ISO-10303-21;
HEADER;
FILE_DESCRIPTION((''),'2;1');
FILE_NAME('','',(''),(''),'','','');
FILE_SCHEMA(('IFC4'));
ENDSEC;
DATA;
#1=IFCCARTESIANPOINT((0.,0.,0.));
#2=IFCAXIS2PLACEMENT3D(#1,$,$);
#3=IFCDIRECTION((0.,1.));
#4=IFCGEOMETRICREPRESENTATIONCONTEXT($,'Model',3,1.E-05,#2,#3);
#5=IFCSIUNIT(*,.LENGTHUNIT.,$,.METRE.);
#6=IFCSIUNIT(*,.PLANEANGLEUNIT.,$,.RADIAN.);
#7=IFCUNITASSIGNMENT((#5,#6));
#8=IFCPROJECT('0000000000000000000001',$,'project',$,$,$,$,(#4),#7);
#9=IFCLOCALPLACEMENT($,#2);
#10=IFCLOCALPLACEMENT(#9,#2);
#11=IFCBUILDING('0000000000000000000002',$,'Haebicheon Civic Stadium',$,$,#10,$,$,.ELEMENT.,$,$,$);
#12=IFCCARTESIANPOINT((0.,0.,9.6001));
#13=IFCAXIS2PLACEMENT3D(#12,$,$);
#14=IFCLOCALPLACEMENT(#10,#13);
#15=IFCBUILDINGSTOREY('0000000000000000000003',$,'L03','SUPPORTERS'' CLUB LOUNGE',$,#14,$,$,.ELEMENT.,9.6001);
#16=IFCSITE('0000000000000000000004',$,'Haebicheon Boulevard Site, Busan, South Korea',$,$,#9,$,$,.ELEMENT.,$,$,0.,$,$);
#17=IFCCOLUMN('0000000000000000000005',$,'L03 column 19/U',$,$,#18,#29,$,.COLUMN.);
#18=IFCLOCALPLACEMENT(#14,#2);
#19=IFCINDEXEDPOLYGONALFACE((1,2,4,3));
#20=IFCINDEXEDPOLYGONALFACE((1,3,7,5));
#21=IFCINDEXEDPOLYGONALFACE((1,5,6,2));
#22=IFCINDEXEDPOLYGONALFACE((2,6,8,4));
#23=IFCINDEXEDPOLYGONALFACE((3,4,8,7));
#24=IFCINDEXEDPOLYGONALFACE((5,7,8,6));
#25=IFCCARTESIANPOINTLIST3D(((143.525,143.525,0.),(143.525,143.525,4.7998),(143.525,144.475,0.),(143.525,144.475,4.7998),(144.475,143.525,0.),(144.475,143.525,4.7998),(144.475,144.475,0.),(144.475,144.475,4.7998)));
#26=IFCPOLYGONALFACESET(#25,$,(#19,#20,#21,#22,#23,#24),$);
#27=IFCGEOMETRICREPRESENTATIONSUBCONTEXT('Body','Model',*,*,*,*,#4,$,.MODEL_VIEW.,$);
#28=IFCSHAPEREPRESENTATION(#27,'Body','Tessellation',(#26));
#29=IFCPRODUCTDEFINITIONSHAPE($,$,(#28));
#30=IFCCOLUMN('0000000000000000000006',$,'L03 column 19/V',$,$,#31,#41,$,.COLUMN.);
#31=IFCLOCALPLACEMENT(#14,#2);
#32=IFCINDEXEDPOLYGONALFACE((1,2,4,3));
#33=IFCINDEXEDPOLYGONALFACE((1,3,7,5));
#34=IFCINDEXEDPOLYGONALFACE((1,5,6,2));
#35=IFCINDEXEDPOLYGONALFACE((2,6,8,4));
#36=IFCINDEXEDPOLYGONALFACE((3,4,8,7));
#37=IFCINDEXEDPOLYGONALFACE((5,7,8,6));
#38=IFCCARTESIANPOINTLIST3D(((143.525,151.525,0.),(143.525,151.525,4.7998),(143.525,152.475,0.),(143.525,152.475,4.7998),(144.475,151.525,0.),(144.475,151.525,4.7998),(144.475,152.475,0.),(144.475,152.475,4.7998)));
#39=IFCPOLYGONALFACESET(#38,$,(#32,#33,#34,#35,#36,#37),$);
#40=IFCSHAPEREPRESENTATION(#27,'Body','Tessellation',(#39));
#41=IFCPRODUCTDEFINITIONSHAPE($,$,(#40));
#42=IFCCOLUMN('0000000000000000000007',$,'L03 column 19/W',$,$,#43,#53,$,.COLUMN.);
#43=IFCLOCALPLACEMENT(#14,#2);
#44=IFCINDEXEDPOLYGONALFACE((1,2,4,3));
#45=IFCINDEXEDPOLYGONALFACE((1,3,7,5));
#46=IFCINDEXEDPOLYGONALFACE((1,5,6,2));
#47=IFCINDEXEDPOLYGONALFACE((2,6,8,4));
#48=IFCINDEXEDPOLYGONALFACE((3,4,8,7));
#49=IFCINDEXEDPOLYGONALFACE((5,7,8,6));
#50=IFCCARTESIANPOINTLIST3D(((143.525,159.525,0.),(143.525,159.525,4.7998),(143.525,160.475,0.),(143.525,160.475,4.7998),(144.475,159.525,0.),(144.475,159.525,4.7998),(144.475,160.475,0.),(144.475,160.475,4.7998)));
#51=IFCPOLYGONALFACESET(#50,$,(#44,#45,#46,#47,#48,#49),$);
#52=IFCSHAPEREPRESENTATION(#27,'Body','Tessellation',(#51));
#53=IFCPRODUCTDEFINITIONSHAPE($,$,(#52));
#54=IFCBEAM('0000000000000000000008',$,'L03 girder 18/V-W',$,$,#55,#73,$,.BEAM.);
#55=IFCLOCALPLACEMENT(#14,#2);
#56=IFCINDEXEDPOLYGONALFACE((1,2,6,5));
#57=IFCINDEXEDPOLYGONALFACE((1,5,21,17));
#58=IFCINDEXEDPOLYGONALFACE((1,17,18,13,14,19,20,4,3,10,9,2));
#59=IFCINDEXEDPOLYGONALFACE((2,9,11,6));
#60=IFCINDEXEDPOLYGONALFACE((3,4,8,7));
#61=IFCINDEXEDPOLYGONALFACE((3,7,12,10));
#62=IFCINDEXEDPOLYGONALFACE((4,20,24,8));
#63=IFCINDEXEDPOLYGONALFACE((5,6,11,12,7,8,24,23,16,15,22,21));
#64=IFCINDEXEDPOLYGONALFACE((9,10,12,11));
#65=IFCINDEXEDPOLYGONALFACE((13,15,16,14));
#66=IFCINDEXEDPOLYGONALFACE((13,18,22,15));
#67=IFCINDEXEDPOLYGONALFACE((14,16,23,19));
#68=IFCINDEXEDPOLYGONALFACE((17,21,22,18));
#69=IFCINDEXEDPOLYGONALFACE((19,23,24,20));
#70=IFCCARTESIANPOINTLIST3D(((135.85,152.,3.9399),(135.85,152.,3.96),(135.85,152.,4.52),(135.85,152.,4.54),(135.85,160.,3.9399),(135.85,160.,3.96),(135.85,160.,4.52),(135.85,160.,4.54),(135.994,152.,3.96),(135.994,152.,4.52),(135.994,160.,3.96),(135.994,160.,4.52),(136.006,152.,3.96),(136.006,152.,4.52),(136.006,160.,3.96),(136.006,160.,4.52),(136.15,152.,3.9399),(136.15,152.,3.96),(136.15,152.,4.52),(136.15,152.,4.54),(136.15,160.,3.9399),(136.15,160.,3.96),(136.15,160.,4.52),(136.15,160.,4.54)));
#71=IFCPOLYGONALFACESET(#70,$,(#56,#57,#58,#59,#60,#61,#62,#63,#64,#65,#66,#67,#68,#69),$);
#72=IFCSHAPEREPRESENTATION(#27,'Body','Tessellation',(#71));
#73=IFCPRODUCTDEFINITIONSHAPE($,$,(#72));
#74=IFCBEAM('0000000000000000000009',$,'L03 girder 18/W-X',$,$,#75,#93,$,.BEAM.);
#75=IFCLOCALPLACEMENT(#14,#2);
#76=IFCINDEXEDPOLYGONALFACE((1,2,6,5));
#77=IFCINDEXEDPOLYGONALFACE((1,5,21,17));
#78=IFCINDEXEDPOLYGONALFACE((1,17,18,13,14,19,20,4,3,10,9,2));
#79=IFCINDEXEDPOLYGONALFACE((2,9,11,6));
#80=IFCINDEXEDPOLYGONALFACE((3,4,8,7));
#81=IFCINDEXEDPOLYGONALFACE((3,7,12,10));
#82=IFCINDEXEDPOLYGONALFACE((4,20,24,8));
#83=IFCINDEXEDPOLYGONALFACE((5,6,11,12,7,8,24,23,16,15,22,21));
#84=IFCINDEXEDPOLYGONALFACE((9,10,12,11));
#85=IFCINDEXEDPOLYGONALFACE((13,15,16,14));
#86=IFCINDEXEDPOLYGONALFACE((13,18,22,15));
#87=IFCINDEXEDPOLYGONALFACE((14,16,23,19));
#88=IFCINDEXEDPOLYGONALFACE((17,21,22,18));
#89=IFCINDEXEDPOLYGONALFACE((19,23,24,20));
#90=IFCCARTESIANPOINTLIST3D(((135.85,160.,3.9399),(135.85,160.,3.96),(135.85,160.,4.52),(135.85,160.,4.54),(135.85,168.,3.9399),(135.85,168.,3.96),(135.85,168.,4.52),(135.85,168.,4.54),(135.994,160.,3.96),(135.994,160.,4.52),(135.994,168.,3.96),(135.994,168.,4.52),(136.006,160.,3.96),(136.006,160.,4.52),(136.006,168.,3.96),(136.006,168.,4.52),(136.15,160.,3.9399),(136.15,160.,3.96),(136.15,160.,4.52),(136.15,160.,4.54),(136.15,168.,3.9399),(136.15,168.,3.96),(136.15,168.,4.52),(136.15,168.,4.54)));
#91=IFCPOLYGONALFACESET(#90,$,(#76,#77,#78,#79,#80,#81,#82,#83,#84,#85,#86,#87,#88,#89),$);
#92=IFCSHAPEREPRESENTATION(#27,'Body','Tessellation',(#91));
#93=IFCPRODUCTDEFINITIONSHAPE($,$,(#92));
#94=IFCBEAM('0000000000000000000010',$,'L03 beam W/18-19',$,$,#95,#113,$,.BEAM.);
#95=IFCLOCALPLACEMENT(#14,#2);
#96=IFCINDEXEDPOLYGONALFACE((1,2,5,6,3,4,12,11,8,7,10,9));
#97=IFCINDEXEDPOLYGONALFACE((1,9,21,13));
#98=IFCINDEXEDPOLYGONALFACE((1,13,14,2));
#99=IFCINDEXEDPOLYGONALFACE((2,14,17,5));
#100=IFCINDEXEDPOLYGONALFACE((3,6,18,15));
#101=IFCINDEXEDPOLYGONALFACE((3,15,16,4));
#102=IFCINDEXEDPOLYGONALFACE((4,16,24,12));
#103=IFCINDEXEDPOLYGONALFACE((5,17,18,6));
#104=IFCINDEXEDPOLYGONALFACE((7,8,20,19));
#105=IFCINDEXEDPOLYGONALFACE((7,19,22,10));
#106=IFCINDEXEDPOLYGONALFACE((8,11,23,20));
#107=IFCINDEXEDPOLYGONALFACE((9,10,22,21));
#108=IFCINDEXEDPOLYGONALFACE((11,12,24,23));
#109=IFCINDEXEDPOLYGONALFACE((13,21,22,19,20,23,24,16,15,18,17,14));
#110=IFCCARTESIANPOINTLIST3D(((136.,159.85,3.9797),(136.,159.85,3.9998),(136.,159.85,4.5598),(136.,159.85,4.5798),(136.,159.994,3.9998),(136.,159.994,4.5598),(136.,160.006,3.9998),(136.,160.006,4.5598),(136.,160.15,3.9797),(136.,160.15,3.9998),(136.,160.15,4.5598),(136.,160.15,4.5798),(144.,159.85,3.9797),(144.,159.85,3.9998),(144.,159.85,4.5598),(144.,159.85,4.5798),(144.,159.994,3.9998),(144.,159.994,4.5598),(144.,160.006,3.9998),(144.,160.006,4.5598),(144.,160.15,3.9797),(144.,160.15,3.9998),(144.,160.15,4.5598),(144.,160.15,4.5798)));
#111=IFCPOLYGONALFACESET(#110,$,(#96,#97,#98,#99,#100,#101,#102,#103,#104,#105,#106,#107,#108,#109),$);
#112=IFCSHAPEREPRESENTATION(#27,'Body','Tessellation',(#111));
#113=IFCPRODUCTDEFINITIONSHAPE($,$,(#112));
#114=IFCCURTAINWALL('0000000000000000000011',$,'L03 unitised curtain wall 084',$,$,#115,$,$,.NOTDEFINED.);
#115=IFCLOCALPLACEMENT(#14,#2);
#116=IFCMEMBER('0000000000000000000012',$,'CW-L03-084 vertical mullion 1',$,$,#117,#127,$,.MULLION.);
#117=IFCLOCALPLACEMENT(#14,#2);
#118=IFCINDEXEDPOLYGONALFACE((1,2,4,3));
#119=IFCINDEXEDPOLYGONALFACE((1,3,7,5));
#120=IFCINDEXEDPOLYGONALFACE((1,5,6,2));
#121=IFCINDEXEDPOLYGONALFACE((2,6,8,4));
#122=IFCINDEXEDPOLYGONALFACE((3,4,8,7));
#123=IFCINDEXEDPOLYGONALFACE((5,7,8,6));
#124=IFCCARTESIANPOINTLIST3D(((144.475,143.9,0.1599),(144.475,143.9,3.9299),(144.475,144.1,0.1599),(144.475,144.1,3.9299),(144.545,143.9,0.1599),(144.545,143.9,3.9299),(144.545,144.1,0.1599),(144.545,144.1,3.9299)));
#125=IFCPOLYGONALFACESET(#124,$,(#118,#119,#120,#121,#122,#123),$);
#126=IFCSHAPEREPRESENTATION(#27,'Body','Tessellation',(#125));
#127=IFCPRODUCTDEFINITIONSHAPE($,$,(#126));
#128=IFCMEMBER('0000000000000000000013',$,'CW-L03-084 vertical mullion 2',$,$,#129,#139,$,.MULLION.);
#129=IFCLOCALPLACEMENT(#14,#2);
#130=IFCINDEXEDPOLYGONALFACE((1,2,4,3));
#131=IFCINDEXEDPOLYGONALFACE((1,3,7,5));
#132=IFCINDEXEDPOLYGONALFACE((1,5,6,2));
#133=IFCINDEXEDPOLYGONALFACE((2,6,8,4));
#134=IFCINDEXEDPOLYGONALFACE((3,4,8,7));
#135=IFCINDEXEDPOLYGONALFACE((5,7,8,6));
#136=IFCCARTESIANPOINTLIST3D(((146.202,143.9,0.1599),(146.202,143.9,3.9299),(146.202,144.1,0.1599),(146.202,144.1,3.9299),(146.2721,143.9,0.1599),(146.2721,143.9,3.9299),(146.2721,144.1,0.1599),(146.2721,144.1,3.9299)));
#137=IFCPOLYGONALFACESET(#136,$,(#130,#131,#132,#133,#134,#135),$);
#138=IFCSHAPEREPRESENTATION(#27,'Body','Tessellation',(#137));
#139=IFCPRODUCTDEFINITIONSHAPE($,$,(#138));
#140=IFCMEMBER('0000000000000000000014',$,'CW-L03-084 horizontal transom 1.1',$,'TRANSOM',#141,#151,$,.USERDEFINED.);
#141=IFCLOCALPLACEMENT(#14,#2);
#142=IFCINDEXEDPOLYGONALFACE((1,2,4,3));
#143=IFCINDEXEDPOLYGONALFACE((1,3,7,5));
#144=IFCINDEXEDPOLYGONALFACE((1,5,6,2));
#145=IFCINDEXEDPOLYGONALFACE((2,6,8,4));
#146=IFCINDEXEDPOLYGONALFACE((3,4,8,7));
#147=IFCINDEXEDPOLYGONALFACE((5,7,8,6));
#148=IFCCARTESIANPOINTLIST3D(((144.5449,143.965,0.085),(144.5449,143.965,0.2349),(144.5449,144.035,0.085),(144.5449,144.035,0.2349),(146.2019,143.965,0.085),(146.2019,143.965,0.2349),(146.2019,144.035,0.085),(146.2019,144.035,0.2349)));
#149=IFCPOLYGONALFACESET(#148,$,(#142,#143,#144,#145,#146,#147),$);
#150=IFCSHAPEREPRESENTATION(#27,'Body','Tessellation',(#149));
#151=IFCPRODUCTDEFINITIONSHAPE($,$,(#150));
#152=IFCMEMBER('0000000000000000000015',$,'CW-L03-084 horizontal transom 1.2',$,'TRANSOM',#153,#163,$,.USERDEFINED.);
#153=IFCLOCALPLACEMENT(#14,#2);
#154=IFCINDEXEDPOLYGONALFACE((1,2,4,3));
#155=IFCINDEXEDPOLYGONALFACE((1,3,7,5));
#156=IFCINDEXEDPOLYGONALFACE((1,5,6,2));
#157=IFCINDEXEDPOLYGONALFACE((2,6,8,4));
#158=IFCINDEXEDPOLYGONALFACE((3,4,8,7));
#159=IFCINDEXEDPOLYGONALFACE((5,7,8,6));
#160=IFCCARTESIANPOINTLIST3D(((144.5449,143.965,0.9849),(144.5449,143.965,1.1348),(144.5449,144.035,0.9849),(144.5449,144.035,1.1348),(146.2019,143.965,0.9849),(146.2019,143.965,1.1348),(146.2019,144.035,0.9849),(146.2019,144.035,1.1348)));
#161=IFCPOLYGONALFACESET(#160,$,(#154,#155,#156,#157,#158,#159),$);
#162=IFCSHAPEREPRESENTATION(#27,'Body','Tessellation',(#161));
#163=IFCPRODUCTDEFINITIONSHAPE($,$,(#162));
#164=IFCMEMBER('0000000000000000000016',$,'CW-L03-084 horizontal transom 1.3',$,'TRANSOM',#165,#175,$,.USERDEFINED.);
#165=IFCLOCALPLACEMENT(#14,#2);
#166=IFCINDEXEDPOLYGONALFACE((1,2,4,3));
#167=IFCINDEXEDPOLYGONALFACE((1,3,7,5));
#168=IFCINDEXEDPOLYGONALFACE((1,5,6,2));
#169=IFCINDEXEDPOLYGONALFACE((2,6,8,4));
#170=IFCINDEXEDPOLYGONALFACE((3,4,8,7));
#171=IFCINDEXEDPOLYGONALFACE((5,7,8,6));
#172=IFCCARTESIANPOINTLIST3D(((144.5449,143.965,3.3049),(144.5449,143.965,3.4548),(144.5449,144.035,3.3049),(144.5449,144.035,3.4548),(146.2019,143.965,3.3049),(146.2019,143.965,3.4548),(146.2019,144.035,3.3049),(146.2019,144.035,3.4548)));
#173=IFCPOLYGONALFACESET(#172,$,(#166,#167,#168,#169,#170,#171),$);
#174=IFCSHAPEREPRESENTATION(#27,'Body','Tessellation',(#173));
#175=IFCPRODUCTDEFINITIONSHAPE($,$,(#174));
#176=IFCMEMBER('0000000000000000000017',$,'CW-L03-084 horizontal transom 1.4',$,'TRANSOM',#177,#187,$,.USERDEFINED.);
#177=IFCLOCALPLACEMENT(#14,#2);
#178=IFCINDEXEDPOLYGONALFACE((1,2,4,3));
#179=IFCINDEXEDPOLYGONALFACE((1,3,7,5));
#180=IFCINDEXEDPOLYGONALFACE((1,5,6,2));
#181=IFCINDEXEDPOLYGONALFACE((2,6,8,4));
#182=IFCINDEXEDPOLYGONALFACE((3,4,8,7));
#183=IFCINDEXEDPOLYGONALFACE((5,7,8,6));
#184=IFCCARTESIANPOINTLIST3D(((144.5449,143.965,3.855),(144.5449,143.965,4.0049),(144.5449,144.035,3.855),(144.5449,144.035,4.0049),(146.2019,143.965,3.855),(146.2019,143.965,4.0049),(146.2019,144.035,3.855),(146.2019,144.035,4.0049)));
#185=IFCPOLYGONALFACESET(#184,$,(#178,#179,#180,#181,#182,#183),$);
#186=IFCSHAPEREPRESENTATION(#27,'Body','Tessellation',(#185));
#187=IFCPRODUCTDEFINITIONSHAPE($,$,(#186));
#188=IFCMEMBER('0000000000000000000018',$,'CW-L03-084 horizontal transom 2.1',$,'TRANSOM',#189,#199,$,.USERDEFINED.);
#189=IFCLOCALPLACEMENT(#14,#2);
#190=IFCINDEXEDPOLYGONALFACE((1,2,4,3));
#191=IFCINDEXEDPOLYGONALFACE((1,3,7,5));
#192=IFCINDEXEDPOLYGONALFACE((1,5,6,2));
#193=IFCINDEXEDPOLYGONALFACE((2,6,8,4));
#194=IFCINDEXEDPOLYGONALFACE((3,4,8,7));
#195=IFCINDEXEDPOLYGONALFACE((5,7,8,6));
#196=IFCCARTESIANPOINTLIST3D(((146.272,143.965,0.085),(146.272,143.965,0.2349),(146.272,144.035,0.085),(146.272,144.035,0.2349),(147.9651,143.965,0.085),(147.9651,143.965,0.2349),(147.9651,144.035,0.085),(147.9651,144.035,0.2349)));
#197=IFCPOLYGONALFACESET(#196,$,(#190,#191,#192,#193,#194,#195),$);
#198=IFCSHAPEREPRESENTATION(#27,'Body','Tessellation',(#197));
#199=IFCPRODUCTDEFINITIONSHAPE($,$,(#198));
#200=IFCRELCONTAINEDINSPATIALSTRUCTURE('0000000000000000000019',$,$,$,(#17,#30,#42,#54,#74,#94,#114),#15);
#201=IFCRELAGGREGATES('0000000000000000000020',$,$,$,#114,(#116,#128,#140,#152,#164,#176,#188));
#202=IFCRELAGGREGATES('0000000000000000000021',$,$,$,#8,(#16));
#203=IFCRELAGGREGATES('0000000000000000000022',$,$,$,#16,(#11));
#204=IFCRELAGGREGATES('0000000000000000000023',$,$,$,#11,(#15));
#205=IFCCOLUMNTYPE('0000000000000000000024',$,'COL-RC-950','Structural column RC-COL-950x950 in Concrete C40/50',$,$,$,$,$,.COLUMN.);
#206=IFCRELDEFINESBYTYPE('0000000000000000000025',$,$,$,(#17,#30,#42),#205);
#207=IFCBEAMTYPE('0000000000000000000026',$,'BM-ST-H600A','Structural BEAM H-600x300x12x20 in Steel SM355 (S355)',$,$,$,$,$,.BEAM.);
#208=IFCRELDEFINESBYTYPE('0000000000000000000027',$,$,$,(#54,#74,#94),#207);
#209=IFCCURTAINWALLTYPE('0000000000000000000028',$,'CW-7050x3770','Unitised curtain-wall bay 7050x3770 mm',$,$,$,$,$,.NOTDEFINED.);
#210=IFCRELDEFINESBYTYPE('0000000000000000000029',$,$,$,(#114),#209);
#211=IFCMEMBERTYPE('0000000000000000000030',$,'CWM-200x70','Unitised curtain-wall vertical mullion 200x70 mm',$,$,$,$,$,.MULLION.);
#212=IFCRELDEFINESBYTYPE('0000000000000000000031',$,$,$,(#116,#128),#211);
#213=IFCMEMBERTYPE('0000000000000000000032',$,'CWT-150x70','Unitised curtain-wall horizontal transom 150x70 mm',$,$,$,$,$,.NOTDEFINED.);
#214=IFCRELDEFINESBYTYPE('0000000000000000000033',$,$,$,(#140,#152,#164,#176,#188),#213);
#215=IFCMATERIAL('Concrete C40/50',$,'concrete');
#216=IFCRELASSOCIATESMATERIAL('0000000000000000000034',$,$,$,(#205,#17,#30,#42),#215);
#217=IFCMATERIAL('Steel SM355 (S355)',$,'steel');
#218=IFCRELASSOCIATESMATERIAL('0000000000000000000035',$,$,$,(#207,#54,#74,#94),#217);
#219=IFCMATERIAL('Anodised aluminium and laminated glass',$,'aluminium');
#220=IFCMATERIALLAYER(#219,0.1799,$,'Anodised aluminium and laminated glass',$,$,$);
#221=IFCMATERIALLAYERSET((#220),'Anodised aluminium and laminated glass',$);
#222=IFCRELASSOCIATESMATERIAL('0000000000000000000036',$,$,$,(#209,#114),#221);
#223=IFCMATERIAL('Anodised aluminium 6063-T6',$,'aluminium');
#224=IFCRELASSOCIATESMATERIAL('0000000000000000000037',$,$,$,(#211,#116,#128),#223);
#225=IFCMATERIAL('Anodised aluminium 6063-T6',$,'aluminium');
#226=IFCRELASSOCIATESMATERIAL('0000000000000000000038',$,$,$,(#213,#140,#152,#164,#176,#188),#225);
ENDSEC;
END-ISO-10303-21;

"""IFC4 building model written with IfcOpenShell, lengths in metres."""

from ifc_helpers import new_model, si_unit, direction, frame, origin, origin_2d, place, context, subcontext, project, spatial, rectangle, i_section, extrude, material, layer, layer_set, material_profile, profile_set, type_object, element, aggregate, save


model = new_model("IFC4")

# Units and contexts
model_context = context("Model", 3, precision=1e-05, world=origin(), true_north=direction((0.0, 1.0)))
body_context = subcontext(model_context, "Body", "Model", "MODEL_VIEW")
ifc_project = project(units=[si_unit("LENGTHUNIT", "METRE"), si_unit("PLANEANGLEUNIT", "RADIAN")], contexts=[model_context])

# Site, building, storey
site_placement = place(None, origin())
site = spatial("IfcSite", under=ifc_project, at=site_placement, Name="Haebicheon Boulevard Site, Busan, South Korea", CompositionType="ELEMENT", RefElevation=0.0)
building_placement = place(site_placement, origin())
building = spatial("IfcBuilding", under=site, at=building_placement, Name="Haebicheon Civic Stadium", CompositionType="ELEMENT")
storey_placement = place(building_placement, frame((0.0, 0.0, 9.6001)))
storey = spatial("IfcBuildingStorey", under=building, at=storey_placement, Name="L03", Description="SUPPORTERS' CLUB LOUNGE", CompositionType="ELEMENT", Elevation=9.6001)

# Columns
ifc_material_1 = material(Name="Concrete C40/50", Category="concrete")
ifc_material_profile_1 = material_profile(ifc_material_1, rectangle(XDim=0.95, YDim=0.95, at=origin_2d()), Name="RC-COL-950x950")
ifc_profile_set_1 = profile_set([ifc_material_profile_1], Name="Concrete C40/50")
column_type = type_object("IfcColumnType", Name="COL-RC-950", Description="Structural column RC-COL-950x950 in Concrete C40/50", PredefinedType="COLUMN", material=ifc_profile_set_1)
for number, where, z_axis, x_axis, name in (
    (1, (144.0, 144.0, 0.0), (0.0, 0.0, 1.0), (1.0, 0.0, 0.0), "L03 column 19/U"),
    (2, (144.0, 152.0, 0.0), (0.0, 0.0, 1.0), (1.0, 0.0, 0.0), "L03 column 19/V"),
    (3, (144.0, 160.0, 0.0), (0.0, 0.0, 1.0), (1.0, 0.0, 0.0), "L03 column 19/W"),
):
    element("IfcColumn", number, at=place(storey_placement, frame(where, z_axis=z_axis, x_axis=x_axis)), inside=storey, type_object=column_type, material=ifc_profile_set_1, Name=name, PredefinedType="COLUMN", context=body_context, shape_type="SweptSolid", body=[
        extrude(rectangle(XDim=0.95, YDim=0.95, at=origin_2d()), origin(), (0.0, 0.0, 1.0), 4.7998),
    ])

# Beams
ifc_material_2 = material(Name="Steel SM355 (S355)", Category="steel")
ifc_material_profile_2 = material_profile(ifc_material_2, i_section(OverallWidth=0.3, OverallDepth=0.6001, WebThickness=0.012, FlangeThickness=0.02, at=origin_2d()), Name="H-600x300x12x20")
ifc_profile_set_2 = profile_set([ifc_material_profile_2], Name="Steel SM355 (S355)")
beam_type_1 = type_object("IfcBeamType", Name="BM-ST-H600A", Description="Structural BEAM H-600x300x12x20 in Steel SM355 (S355)", PredefinedType="BEAM", material=ifc_profile_set_2)
for number, where, z_axis, x_axis, name in (
    (4, (136.0, 152.0, 4.24), (0.0, 1.0, 0.0), (-1.0, 0.0, 0.0), "L03 girder 18/V-W"),
    (5, (136.0, 160.0, 4.24), (0.0, 1.0, 0.0), (-1.0, 0.0, 0.0), "L03 girder 18/W-X"),
    (6, (136.0, 160.0, 4.2798), (1.0, 0.0, 0.0), (0.0, 1.0, 0.0), "L03 beam W/18-19"),
):
    element("IfcBeam", number, at=place(storey_placement, frame(where, z_axis=z_axis, x_axis=x_axis)), inside=storey, type_object=beam_type_1, material=ifc_profile_set_2, Name=name, PredefinedType="BEAM", context=body_context, shape_type="SweptSolid", body=[
        extrude(i_section(OverallWidth=0.3, OverallDepth=0.6001, WebThickness=0.012, FlangeThickness=0.02, at=origin_2d()), origin(), (0.0, 0.0, 1.0), 8.0),
    ])

# Curtain wall, members
ifc_material_3 = material(Name="Anodised aluminium and laminated glass", Category="aluminium")
ifc_layer_1 = layer(ifc_material_3, 0.1799, Name="Anodised aluminium and laminated glass")
ifc_layer_set_1 = layer_set([ifc_layer_1], Name="Anodised aluminium and laminated glass")
curtain_wall_type = type_object("IfcCurtainWallType", Name="CW-7050x3770", Description="Unitised curtain-wall bay 7050x3770 mm", PredefinedType="NOTDEFINED", material=ifc_layer_set_1)
curtain_wall_placement = place(storey_placement, origin())
curtain_wall = element("IfcCurtainWall", 7, at=curtain_wall_placement, inside=storey, type_object=curtain_wall_type, material=ifc_layer_set_1, Name="L03 unitised curtain wall 084", PredefinedType="NOTDEFINED")
ifc_material_4 = material(Name="Anodised aluminium 6063-T6", Category="aluminium")
ifc_material_profile_3 = material_profile(ifc_material_4, rectangle(XDim=0.0701, YDim=0.2, at=origin_2d()), Name="ALU-MULL-70x200")
ifc_profile_set_3 = profile_set([ifc_material_profile_3], Name="Anodised aluminium 6063-T6")
member_type_1 = type_object("IfcMemberType", Name="CWM-200x70", Description="Unitised curtain-wall vertical mullion 200x70 mm", PredefinedType="MULLION", material=ifc_profile_set_3)
member_1_placement = place(storey_placement, frame((144.51, 144.0, 0.1599), z_axis=(0.0, 0.0, 1.0), x_axis=(1.0, 0.0, 0.0)))
member_1 = element("IfcMember", 8, at=member_1_placement, type_object=member_type_1, material=ifc_profile_set_3, Name="CW-L03-084 vertical mullion 1", PredefinedType="MULLION", context=body_context, shape_type="SweptSolid", body=[
    extrude(rectangle(XDim=0.0701, YDim=0.2, at=origin_2d()), origin(), (0.0, 0.0, 1.0), 3.77),
])
member_2_placement = place(storey_placement, frame((146.2371, 144.0, 0.1599), z_axis=(0.0, 0.0, 1.0), x_axis=(1.0, 0.0, 0.0)))
member_2 = element("IfcMember", 9, at=member_2_placement, type_object=member_type_1, material=ifc_profile_set_3, Name="CW-L03-084 vertical mullion 2", PredefinedType="MULLION", context=body_context, shape_type="SweptSolid", body=[
    extrude(rectangle(XDim=0.0701, YDim=0.2, at=origin_2d()), origin(), (0.0, 0.0, 1.0), 3.77),
])
ifc_material_5 = material(Name="Anodised aluminium 6063-T6", Category="aluminium")
ifc_material_profile_4 = material_profile(ifc_material_5, rectangle(XDim=0.0701, YDim=0.1499, at=origin_2d()), Name="ALU-TRAN-70x150")
ifc_profile_set_4 = profile_set([ifc_material_profile_4], Name="Anodised aluminium 6063-T6")
member_type_2 = type_object("IfcMemberType", Name="CWT-150x70", Description="Unitised curtain-wall horizontal transom 150x70 mm", PredefinedType="NOTDEFINED", material=ifc_profile_set_4)
member_3_placement = place(storey_placement, frame((144.5449, 144.0, 0.1599), z_axis=(1.0, 0.0, 0.0), x_axis=(0.0, 1.0, 0.0)))
member_3 = element("IfcMember", 10, at=member_3_placement, type_object=member_type_2, material=ifc_profile_set_4, Name="CW-L03-084 horizontal transom 1.1", ObjectType="TRANSOM", PredefinedType="USERDEFINED", context=body_context, shape_type="SweptSolid", body=[
    extrude(rectangle(XDim=0.0701, YDim=0.1499, at=origin_2d()), origin(), (0.0, 0.0, 1.0), 1.657),
])
member_4_placement = place(storey_placement, frame((144.5449, 144.0, 1.0598), z_axis=(1.0, 0.0, 0.0), x_axis=(0.0, 1.0, 0.0)))
member_4 = element("IfcMember", 11, at=member_4_placement, type_object=member_type_2, material=ifc_profile_set_4, Name="CW-L03-084 horizontal transom 1.2", ObjectType="TRANSOM", PredefinedType="USERDEFINED", context=body_context, shape_type="SweptSolid", body=[
    extrude(rectangle(XDim=0.0701, YDim=0.1499, at=origin_2d()), origin(), (0.0, 0.0, 1.0), 1.657),
])
member_5_placement = place(storey_placement, frame((144.5449, 144.0, 3.3799), z_axis=(1.0, 0.0, 0.0), x_axis=(0.0, 1.0, 0.0)))
member_5 = element("IfcMember", 12, at=member_5_placement, type_object=member_type_2, material=ifc_profile_set_4, Name="CW-L03-084 horizontal transom 1.3", ObjectType="TRANSOM", PredefinedType="USERDEFINED", context=body_context, shape_type="SweptSolid", body=[
    extrude(rectangle(XDim=0.0701, YDim=0.1499, at=origin_2d()), origin(), (0.0, 0.0, 1.0), 1.657),
])
member_6_placement = place(storey_placement, frame((144.5449, 144.0, 3.9299), z_axis=(1.0, 0.0, 0.0), x_axis=(0.0, 1.0, 0.0)))
member_6 = element("IfcMember", 13, at=member_6_placement, type_object=member_type_2, material=ifc_profile_set_4, Name="CW-L03-084 horizontal transom 1.4", ObjectType="TRANSOM", PredefinedType="USERDEFINED", context=body_context, shape_type="SweptSolid", body=[
    extrude(rectangle(XDim=0.0701, YDim=0.1499, at=origin_2d()), origin(), (0.0, 0.0, 1.0), 1.657),
])
member_7_placement = place(storey_placement, frame((146.272, 144.0, 0.1599), z_axis=(1.0, 0.0, 0.0), x_axis=(0.0, 1.0, 0.0)))
member_7 = element("IfcMember", 14, at=member_7_placement, type_object=member_type_2, material=ifc_profile_set_4, Name="CW-L03-084 horizontal transom 2.1", ObjectType="TRANSOM", PredefinedType="USERDEFINED", context=body_context, shape_type="SweptSolid", body=[
    extrude(rectangle(XDim=0.0701, YDim=0.1499, at=origin_2d()), origin(), (0.0, 0.0, 1.0), 1.6931),
])

aggregate(curtain_wall, [member_1, member_2, member_3, member_4, member_5, member_6, member_7])

save(model, "model.ifc")
